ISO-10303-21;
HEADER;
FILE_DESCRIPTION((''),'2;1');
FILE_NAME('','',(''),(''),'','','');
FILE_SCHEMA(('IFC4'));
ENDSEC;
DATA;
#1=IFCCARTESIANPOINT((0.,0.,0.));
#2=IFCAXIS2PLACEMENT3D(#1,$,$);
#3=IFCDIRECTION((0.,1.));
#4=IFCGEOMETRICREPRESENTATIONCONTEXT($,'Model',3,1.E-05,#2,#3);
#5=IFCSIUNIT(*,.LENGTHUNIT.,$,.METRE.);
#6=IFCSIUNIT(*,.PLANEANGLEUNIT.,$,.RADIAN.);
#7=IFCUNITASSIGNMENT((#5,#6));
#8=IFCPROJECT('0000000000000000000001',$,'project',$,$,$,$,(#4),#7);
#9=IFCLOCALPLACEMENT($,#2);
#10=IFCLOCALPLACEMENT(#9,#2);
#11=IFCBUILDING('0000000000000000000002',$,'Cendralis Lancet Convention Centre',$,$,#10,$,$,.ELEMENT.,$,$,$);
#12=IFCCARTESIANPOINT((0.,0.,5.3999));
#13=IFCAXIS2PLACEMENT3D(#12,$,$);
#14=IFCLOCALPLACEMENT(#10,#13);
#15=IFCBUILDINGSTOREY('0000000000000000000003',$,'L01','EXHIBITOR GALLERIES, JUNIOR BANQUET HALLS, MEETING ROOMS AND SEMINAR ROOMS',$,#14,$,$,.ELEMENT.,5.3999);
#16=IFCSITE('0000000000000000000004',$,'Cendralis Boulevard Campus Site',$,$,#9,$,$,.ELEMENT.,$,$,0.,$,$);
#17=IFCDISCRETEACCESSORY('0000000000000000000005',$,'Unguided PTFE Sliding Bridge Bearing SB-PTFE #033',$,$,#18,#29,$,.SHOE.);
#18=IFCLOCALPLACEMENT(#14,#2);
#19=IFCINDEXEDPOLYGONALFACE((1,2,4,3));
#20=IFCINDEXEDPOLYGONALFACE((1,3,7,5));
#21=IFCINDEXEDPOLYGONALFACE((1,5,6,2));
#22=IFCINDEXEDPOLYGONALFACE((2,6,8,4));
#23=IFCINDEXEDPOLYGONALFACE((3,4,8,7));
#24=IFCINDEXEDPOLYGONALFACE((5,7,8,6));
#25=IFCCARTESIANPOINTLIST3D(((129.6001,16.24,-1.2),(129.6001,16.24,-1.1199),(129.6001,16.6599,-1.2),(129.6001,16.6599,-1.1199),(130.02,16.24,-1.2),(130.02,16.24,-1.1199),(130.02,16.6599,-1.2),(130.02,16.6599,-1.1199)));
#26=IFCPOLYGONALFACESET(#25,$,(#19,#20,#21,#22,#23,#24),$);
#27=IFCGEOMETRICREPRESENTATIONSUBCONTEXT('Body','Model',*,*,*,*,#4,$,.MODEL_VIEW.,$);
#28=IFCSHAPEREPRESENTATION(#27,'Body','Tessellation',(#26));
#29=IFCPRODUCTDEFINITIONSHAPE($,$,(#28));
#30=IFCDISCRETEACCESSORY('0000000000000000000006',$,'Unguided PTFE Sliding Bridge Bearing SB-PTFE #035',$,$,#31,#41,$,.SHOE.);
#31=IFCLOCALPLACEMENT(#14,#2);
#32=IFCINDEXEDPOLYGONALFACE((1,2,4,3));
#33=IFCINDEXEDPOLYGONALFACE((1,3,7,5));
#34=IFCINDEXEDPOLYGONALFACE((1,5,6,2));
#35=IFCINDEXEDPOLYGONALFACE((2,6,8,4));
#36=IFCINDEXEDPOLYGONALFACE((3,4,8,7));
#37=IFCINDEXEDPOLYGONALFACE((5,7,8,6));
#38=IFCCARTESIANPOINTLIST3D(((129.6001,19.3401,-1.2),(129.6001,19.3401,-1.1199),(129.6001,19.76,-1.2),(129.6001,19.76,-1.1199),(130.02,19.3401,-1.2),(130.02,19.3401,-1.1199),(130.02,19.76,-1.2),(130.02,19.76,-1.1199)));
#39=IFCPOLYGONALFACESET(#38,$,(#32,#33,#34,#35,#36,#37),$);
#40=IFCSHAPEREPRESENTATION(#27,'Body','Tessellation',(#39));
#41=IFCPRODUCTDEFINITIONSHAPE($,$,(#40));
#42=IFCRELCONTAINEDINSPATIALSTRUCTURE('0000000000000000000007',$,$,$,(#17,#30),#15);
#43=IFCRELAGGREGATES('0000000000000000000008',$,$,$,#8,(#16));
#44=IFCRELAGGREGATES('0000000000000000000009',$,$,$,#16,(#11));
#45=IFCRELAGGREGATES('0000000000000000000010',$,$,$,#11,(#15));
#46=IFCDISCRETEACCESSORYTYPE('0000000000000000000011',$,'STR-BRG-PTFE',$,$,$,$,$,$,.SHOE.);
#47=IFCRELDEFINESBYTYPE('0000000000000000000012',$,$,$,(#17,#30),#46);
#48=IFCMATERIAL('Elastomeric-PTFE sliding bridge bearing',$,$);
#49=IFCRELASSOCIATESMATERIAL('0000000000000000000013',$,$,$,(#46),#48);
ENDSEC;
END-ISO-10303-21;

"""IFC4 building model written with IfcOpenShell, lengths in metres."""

from ifc_helpers import new_model, si_unit, direction, frame, origin, origin_2d, place, context, subcontext, project, spatial, rectangle, extrude, material, type_object, element, save


model = new_model("IFC4")

# Units and contexts
model_context = context("Model", 3, precision=1e-05, world=origin(), true_north=direction((0.0, 1.0)))
body_context = subcontext(model_context, "Body", "Model", "MODEL_VIEW")
ifc_project = project(units=[si_unit("LENGTHUNIT", "METRE"), si_unit("PLANEANGLEUNIT", "RADIAN")], contexts=[model_context])

# Site, building, storey
site_placement = place(None, origin())
site = spatial("IfcSite", under=ifc_project, at=site_placement, Name="Cendralis Boulevard Campus Site", CompositionType="ELEMENT", RefElevation=0.0)
building_placement = place(site_placement, origin())
building = spatial("IfcBuilding", under=site, at=building_placement, Name="Cendralis Lancet Convention Centre", CompositionType="ELEMENT")
storey_placement = place(building_placement, frame((0.0, 0.0, 5.3999)))
storey = spatial("IfcBuildingStorey", under=building, at=storey_placement, Name="L01", Description="EXHIBITOR GALLERIES, JUNIOR BANQUET HALLS, MEETING ROOMS AND SEMINAR ROOMS", CompositionType="ELEMENT", Elevation=5.3999)

# Discrete accessories
ifc_material_1 = material(Name="Elastomeric-PTFE sliding bridge bearing")
discrete_accessory_type_1 = type_object("IfcDiscreteAccessoryType", Name="STR-BRG-PTFE", PredefinedType="SHOE", material=ifc_material_1)
for number, where, z_axis, x_axis, name in (
    (1, (129.8101, 16.45, -1.2), (0.0, 0.0, 1.0), (1.0, 0.0, 0.0), "Unguided PTFE Sliding Bridge Bearing SB-PTFE #033"),
    (2, (129.8101, 19.55, -1.2), (0.0, 0.0, 1.0), (1.0, 0.0, 0.0), "Unguided PTFE Sliding Bridge Bearing SB-PTFE #035"),
):
    element("IfcDiscreteAccessory", number, at=place(storey_placement, frame(where, z_axis=z_axis, x_axis=x_axis)), inside=storey, type_object=discrete_accessory_type_1, Name=name, PredefinedType="SHOE", context=body_context, shape_type="SweptSolid", body=[
        extrude(rectangle(XDim=0.4199, YDim=0.4199, at=origin_2d()), origin(), (0.0, 0.0, 1.0), 0.0801),
    ])

save(model, "model.ifc")
